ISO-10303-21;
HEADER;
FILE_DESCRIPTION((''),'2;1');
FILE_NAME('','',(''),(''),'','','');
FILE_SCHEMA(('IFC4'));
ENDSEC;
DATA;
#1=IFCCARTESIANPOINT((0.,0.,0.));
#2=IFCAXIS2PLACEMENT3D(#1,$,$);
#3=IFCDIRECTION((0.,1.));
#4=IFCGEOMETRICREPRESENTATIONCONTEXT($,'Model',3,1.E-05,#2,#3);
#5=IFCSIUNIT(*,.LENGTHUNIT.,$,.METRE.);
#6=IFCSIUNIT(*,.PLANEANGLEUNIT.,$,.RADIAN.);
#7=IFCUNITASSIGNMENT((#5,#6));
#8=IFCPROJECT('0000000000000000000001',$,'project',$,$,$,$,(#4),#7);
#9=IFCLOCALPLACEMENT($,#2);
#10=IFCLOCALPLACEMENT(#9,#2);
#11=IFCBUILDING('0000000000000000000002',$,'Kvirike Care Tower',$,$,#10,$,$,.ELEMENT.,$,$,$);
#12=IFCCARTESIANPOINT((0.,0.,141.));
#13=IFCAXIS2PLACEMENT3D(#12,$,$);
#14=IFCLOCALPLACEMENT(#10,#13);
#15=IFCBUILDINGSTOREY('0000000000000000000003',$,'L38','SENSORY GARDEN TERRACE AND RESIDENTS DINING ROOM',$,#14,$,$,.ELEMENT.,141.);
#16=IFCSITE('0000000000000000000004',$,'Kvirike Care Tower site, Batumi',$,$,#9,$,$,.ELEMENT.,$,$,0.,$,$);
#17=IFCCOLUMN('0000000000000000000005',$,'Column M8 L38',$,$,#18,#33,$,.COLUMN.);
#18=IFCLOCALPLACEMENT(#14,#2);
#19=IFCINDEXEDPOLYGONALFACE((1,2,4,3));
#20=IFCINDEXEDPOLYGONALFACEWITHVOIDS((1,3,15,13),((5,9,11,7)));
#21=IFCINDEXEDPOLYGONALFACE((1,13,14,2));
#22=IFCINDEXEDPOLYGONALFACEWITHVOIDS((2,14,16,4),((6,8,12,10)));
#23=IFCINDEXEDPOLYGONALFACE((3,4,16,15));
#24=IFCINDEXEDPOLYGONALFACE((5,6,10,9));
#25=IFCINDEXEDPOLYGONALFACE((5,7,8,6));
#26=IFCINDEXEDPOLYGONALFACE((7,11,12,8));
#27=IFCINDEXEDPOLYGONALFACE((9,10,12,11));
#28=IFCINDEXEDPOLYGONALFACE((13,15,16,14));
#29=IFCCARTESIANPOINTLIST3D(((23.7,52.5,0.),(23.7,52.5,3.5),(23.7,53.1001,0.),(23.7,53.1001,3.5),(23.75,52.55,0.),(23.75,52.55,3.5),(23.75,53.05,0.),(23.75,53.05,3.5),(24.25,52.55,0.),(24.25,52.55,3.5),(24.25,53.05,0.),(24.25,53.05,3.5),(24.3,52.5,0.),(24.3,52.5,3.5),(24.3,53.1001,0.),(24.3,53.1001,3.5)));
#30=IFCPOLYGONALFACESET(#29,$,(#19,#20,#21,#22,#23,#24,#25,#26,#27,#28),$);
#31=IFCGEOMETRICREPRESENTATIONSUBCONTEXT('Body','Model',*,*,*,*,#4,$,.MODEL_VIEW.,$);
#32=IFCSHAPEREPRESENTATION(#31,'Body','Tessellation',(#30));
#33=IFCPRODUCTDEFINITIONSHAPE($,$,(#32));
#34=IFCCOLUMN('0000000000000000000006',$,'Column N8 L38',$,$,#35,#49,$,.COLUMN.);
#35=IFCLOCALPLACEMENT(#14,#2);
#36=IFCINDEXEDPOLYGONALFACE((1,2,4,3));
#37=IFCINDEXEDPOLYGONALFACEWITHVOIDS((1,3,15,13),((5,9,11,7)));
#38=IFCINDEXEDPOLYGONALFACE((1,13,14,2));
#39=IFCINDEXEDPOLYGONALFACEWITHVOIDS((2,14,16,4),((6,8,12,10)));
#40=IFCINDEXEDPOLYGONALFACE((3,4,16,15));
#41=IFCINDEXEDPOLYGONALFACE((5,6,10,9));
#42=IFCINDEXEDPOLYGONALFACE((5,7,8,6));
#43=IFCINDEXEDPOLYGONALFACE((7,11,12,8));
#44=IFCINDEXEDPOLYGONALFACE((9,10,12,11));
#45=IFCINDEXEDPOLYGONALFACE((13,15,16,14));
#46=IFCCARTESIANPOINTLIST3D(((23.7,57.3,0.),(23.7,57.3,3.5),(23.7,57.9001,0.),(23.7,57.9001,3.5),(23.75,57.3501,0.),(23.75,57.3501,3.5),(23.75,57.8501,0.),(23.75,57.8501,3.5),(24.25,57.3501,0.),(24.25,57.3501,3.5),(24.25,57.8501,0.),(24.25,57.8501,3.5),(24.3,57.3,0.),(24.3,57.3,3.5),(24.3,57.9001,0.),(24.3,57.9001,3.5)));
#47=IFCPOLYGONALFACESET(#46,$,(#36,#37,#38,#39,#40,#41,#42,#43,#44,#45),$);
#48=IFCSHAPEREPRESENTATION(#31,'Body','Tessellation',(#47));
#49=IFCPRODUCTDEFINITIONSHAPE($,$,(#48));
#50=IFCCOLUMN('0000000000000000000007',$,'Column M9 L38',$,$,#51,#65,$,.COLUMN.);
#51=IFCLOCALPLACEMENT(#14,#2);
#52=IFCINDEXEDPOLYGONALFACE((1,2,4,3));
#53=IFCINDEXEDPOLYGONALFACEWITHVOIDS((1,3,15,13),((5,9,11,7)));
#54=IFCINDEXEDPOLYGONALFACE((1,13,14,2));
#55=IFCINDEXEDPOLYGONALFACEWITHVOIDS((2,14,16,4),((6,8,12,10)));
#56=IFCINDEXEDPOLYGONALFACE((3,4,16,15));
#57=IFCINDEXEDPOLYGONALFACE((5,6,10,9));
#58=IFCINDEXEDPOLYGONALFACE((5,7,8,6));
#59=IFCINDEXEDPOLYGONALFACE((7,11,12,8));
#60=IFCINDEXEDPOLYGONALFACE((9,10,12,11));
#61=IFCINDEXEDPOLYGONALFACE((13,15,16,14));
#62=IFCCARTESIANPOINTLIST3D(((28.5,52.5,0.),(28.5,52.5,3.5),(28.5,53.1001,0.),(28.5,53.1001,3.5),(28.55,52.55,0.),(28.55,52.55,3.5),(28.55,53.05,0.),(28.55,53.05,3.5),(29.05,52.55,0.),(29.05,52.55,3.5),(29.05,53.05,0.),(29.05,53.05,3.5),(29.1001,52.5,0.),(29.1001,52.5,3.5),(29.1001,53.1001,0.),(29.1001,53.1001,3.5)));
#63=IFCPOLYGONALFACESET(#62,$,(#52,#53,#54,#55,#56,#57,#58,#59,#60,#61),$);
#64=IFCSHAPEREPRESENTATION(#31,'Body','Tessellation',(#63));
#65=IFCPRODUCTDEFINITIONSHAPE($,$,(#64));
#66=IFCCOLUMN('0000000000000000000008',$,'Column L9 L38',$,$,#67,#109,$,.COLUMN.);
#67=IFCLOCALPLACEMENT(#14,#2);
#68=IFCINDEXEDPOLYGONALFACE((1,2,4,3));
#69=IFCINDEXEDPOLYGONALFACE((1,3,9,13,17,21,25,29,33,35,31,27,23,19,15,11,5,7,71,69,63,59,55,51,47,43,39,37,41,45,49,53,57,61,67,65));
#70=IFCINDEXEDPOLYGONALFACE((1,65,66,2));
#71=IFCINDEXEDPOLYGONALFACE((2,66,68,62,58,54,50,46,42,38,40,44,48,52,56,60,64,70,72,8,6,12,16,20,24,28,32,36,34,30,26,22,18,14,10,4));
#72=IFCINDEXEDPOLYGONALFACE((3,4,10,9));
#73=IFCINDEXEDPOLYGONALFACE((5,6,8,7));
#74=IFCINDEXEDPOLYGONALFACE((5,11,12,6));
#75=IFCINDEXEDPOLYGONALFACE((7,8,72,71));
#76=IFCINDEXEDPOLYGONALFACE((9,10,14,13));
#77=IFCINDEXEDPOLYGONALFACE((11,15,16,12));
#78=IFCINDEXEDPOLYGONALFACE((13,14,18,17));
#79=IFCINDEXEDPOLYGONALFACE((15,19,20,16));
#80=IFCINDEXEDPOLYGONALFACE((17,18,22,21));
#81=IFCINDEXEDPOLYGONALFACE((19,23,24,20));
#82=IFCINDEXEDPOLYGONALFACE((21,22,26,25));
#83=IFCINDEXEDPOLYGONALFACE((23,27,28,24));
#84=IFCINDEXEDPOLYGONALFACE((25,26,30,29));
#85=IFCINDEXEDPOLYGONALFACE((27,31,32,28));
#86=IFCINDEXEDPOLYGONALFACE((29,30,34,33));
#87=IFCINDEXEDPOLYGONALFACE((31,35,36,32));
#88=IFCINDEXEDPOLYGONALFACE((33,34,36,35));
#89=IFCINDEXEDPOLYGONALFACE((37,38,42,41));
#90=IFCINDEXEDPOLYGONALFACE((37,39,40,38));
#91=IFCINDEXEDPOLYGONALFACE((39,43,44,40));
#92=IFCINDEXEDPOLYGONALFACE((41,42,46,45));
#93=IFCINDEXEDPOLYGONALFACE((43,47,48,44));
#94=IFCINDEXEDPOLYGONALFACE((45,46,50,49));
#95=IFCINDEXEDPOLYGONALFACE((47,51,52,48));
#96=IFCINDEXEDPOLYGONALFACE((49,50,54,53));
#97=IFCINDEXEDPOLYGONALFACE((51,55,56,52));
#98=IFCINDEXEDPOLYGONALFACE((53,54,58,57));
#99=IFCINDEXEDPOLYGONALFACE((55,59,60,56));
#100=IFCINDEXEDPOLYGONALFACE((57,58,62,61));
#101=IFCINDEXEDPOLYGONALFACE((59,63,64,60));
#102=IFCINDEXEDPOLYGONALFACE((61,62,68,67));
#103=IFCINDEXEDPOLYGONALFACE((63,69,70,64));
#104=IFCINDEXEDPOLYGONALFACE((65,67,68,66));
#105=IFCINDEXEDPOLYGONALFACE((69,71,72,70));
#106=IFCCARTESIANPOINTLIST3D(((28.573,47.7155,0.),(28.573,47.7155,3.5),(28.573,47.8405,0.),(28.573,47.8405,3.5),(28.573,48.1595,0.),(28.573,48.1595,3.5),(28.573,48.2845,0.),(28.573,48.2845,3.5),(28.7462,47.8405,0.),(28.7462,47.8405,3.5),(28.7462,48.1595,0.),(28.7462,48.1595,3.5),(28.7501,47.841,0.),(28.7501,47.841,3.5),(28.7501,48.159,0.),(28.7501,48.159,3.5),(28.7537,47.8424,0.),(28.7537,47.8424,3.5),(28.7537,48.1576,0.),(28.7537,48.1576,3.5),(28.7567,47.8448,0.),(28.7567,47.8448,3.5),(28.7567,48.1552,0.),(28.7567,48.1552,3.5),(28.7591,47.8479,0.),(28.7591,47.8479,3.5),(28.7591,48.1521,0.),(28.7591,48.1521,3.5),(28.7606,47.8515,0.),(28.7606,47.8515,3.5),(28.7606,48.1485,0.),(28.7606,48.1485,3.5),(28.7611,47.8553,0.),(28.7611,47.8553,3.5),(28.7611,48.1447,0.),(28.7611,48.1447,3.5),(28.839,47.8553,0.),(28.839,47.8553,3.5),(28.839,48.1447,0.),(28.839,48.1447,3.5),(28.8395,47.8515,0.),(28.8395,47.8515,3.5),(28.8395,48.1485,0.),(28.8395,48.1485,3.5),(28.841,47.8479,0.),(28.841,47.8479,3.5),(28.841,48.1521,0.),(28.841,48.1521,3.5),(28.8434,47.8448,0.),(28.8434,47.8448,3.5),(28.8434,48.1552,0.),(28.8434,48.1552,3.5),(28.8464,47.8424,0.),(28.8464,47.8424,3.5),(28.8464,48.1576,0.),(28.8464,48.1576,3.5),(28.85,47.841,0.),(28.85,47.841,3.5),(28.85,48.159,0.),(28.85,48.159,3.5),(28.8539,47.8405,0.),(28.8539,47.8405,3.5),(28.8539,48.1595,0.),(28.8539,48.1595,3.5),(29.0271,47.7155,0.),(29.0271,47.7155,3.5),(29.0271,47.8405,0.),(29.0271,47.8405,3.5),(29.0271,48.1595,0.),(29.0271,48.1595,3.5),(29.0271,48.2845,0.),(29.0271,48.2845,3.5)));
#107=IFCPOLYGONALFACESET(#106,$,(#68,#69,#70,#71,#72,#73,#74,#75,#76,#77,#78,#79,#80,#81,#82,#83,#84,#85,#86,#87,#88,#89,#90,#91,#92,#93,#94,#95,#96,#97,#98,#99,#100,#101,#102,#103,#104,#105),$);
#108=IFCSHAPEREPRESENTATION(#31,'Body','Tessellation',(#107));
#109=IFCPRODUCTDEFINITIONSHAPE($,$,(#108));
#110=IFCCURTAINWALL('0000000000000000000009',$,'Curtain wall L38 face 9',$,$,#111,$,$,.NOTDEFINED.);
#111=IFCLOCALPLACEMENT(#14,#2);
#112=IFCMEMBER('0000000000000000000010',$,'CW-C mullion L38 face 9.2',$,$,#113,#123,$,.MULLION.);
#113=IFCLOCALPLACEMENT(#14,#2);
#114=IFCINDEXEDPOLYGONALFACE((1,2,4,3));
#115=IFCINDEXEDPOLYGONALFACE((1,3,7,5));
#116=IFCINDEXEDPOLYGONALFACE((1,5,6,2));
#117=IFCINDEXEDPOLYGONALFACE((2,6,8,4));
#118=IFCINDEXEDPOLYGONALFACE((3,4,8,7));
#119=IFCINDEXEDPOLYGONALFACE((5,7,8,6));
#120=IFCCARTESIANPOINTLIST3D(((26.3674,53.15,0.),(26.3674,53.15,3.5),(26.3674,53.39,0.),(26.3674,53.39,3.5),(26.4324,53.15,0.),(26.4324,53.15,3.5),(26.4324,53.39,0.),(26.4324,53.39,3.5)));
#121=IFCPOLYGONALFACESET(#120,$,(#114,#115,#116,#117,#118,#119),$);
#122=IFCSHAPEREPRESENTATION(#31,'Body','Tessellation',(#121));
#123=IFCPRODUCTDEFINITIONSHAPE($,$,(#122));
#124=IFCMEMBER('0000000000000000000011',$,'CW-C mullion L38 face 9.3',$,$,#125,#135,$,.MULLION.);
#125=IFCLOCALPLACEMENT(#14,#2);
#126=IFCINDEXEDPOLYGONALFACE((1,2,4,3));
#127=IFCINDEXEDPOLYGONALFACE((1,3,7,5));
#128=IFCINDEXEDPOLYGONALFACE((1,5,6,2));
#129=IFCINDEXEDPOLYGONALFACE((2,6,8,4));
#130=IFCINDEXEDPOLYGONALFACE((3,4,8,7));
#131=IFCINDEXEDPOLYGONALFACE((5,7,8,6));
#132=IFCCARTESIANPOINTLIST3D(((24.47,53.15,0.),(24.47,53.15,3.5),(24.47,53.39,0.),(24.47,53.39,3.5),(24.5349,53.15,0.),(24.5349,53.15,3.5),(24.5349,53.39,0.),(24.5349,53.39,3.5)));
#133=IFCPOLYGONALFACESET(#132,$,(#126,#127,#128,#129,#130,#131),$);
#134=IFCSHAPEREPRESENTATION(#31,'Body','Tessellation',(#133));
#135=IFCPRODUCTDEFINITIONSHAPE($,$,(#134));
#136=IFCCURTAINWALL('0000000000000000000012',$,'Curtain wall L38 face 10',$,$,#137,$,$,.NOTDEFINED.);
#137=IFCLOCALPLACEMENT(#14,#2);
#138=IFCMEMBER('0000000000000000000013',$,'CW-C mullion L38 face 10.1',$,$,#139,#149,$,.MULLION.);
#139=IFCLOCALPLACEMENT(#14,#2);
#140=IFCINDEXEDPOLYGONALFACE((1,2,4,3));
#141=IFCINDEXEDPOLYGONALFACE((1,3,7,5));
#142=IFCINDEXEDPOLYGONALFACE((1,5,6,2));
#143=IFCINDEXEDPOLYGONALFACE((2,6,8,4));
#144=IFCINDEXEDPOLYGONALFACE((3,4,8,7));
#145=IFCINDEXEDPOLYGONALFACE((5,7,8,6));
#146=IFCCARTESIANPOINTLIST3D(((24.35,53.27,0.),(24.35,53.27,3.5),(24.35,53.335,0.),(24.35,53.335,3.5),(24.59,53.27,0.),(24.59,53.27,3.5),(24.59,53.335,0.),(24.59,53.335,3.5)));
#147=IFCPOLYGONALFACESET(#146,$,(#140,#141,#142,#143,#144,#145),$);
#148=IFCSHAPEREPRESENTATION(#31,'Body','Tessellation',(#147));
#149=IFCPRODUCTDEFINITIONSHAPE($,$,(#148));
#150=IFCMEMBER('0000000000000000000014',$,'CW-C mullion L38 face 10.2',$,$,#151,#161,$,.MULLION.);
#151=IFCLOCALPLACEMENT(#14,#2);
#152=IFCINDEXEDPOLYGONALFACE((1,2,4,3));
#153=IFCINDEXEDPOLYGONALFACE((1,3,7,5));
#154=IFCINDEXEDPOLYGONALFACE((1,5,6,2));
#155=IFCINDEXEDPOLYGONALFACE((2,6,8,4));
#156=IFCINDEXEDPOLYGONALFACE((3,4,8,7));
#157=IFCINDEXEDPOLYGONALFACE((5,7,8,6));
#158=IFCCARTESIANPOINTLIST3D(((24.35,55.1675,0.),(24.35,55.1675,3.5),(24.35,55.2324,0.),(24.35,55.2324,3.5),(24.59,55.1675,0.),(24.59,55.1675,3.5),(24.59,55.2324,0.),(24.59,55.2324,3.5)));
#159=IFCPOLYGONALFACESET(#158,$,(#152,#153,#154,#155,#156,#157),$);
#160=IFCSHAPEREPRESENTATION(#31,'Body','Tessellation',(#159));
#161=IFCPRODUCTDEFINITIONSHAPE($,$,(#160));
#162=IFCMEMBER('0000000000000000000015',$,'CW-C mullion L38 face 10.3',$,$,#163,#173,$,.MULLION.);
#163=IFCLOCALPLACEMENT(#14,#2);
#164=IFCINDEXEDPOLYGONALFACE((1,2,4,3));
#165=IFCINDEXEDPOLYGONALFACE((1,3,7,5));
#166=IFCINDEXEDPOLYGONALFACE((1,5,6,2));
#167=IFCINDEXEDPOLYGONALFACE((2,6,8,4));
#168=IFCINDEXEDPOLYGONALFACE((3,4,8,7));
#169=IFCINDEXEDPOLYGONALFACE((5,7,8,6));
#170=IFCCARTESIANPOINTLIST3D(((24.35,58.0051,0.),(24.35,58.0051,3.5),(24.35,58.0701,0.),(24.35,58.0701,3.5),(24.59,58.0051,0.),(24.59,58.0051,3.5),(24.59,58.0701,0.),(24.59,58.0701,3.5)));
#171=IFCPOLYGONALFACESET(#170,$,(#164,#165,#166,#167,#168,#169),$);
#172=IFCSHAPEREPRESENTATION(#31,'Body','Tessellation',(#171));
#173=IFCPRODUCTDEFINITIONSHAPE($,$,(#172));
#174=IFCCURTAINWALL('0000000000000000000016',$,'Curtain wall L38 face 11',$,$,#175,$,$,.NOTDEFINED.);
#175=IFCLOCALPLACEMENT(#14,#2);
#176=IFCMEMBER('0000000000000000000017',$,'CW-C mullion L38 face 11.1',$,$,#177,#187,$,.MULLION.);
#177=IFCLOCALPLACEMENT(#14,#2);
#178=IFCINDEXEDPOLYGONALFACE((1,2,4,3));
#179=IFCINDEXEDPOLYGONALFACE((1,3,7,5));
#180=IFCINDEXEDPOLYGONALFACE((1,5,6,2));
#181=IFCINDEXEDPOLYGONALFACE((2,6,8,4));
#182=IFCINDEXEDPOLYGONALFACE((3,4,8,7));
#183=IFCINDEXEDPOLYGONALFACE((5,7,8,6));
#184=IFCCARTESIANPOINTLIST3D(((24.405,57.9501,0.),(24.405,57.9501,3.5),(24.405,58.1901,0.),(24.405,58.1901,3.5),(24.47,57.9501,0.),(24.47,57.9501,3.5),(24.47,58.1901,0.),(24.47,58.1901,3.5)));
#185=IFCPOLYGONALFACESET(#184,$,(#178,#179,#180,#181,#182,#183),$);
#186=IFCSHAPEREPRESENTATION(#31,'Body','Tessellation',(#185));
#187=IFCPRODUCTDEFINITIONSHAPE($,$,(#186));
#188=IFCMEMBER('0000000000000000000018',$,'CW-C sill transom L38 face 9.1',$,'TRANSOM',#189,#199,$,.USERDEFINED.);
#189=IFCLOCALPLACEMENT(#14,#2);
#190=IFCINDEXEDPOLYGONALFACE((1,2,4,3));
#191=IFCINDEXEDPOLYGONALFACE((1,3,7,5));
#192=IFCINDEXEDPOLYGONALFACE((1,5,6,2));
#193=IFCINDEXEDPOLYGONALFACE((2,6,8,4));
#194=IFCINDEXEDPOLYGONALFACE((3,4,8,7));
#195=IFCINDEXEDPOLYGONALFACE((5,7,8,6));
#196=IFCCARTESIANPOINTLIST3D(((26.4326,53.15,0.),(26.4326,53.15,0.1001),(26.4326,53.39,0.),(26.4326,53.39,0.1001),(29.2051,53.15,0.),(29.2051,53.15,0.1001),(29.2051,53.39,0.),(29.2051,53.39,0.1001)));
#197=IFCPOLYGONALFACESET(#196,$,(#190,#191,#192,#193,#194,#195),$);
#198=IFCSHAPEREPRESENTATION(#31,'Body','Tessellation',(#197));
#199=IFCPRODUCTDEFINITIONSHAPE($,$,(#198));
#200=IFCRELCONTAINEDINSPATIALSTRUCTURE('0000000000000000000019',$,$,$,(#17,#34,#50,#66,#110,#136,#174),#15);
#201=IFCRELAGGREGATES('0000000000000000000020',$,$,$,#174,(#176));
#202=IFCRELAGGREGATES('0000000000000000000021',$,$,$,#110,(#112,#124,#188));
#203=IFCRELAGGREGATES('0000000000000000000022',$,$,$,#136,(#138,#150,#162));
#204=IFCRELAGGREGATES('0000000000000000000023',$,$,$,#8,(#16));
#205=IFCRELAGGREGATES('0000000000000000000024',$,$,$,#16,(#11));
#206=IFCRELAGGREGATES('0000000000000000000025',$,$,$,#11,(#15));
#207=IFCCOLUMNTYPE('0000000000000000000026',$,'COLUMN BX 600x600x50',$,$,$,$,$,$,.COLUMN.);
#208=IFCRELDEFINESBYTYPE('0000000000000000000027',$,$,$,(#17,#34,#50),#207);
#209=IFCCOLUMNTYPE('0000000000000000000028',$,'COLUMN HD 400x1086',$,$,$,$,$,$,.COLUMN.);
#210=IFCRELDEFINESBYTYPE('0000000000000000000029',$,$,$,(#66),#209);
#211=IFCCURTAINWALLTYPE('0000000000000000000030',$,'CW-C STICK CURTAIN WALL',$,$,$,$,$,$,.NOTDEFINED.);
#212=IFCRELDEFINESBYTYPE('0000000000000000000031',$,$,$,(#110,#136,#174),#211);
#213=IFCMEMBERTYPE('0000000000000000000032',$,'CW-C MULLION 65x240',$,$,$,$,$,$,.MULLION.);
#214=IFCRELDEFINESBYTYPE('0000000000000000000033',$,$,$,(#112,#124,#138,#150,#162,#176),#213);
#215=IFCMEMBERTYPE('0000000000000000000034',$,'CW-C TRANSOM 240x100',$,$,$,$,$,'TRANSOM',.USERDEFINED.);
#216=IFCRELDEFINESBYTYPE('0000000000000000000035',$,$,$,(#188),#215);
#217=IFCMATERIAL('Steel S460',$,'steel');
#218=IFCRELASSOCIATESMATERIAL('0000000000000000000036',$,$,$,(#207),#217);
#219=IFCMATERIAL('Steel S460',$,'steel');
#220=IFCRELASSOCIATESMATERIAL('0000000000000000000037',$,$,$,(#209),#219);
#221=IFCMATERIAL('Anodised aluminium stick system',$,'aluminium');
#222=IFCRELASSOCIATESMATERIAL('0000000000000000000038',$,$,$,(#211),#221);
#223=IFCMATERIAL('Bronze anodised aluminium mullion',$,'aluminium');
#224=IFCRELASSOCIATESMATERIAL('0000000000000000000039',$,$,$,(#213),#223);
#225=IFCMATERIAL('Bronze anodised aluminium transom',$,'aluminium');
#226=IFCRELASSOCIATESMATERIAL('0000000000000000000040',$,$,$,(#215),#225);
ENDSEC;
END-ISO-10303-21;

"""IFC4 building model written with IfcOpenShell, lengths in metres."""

from ifc_helpers import new_model, si_unit, direction, frame, origin, origin_2d, place, context, subcontext, project, spatial, rectangle, hollow_rectangle, i_section, extrude, material, material_profile, profile_set, type_object, element, aggregate, save


model = new_model("IFC4")

# Units and contexts
model_context = context("Model", 3, precision=1e-05, world=origin(), true_north=direction((0.0, 1.0)))
body_context = subcontext(model_context, "Body", "Model", "MODEL_VIEW")
ifc_project = project(units=[si_unit("LENGTHUNIT", "METRE"), si_unit("PLANEANGLEUNIT", "RADIAN")], contexts=[model_context])

# Site, building, storey
site_placement = place(None, origin())
site = spatial("IfcSite", under=ifc_project, at=site_placement, Name="Kvirike Care Tower site, Batumi", CompositionType="ELEMENT", RefElevation=0.0)
building_placement = place(site_placement, origin())
building = spatial("IfcBuilding", under=site, at=building_placement, Name="Kvirike Care Tower", CompositionType="ELEMENT")
storey_placement = place(building_placement, frame((0.0, 0.0, 141.0)))
storey = spatial("IfcBuildingStorey", under=building, at=storey_placement, Name="L38", Description="SENSORY GARDEN TERRACE AND RESIDENTS DINING ROOM", CompositionType="ELEMENT", Elevation=141.0)

# Columns
ifc_material_1 = material(Name="Steel S460", Category="steel")
ifc_material_profile_1 = material_profile(ifc_material_1, hollow_rectangle(XDim=0.6001, YDim=0.6001, WallThickness=0.05, at=origin_2d()), Name="BX 600x600x50")
ifc_profile_set_1 = profile_set([ifc_material_profile_1], Name="Steel S460")
column_type_1 = type_object("IfcColumnType", Name="COLUMN BX 600x600x50", PredefinedType="COLUMN", material=ifc_profile_set_1)
for number, where, z_axis, x_axis, name in (
    (1, (24.0, 52.8, 0.0), (0.0, 0.0, 1.0), (0.0, 1.0, 0.0), "Column M8 L38"),
    (2, (24.0, 57.6001, 0.0), (0.0, 0.0, 1.0), (0.0, 1.0, 0.0), "Column N8 L38"),
    (3, (28.8, 52.8, 0.0), (0.0, 0.0, 1.0), (0.0, 1.0, 0.0), "Column M9 L38"),
):
    element("IfcColumn", number, at=place(storey_placement, frame(where, z_axis=z_axis, x_axis=x_axis)), inside=storey, type_object=column_type_1, Name=name, PredefinedType="COLUMN", context=body_context, shape_type="SweptSolid", body=[
        extrude(hollow_rectangle(XDim=0.6001, YDim=0.6001, WallThickness=0.05, at=origin_2d()), origin(), (0.0, 0.0, 1.0), 3.5),
    ])
ifc_material_2 = material(Name="Steel S460", Category="steel")
ifc_material_profile_2 = material_profile(ifc_material_2, i_section(OverallWidth=0.4541, OverallDepth=0.5691, WebThickness=0.0779, FlangeThickness=0.125, FilletRadius=0.0149, at=origin_2d()), Name="HD 400x1086")
ifc_profile_set_2 = profile_set([ifc_material_profile_2], Name="Steel S460")
column_type_2 = type_object("IfcColumnType", Name="COLUMN HD 400x1086", PredefinedType="COLUMN", material=ifc_profile_set_2)
column_placement = place(storey_placement, frame((28.8, 48.0, 0.0), z_axis=(0.0, 0.0, 1.0), x_axis=(1.0, 0.0, 0.0)))
element("IfcColumn", 4, at=column_placement, inside=storey, type_object=column_type_2, Name="Column L9 L38", PredefinedType="COLUMN", context=body_context, shape_type="SweptSolid", body=[
    extrude(i_section(OverallWidth=0.4541, OverallDepth=0.5691, WebThickness=0.0779, FlangeThickness=0.125, FilletRadius=0.0149, at=origin_2d()), origin(), (0.0, 0.0, 1.0), 3.5),
])

# Curtain walls, members
ifc_material_3 = material(Name="Anodised aluminium stick system", Category="aluminium")
curtain_wall_type = type_object("IfcCurtainWallType", Name="CW-C STICK CURTAIN WALL", PredefinedType="NOTDEFINED", material=ifc_material_3)
curtain_wall_1_placement = place(storey_placement, origin())
curtain_wall_1 = element("IfcCurtainWall", 5, at=curtain_wall_1_placement, inside=storey, type_object=curtain_wall_type, Name="Curtain wall L38 face 9", PredefinedType="NOTDEFINED")
ifc_material_4 = material(Name="Bronze anodised aluminium mullion", Category="aluminium")
ifc_material_profile_3 = material_profile(ifc_material_4, rectangle(XDim=0.0649, YDim=0.24, at=origin_2d()), Name="CW-C MULLION 65x240")
ifc_profile_set_3 = profile_set([ifc_material_profile_3], Name="Bronze anodised aluminium mullion")
member_type_1 = type_object("IfcMemberType", Name="CW-C MULLION 65x240", PredefinedType="MULLION", material=ifc_profile_set_3)
member_1_placement = place(storey_placement, frame((26.3999, 53.27, 0.0), z_axis=(0.0, 0.0, 1.0), x_axis=(-1.0, 0.0, 0.0)))
member_1 = element("IfcMember", 6, at=member_1_placement, type_object=member_type_1, Name="CW-C mullion L38 face 9.2", PredefinedType="MULLION", context=body_context, shape_type="SweptSolid", body=[
    extrude(rectangle(XDim=0.0649, YDim=0.24, at=origin_2d()), origin(), (0.0, 0.0, 1.0), 3.5),
])
member_2_placement = place(storey_placement, frame((24.5024, 53.27, 0.0), z_axis=(0.0, 0.0, 1.0), x_axis=(-1.0, 0.0, 0.0)))
member_2 = element("IfcMember", 7, at=member_2_placement, type_object=member_type_1, Name="CW-C mullion L38 face 9.3", PredefinedType="MULLION", context=body_context, shape_type="SweptSolid", body=[
    extrude(rectangle(XDim=0.0649, YDim=0.24, at=origin_2d()), origin(), (0.0, 0.0, 1.0), 3.5),
])
curtain_wall_2_placement = place(storey_placement, origin())
curtain_wall_2 = element("IfcCurtainWall", 8, at=curtain_wall_2_placement, inside=storey, type_object=curtain_wall_type, Name="Curtain wall L38 face 10", PredefinedType="NOTDEFINED")
member_3_placement = place(storey_placement, frame((24.47, 53.3025, 0.0), z_axis=(0.0, 0.0, 1.0), x_axis=(0.0, 1.0, 0.0)))
member_3 = element("IfcMember", 9, at=member_3_placement, type_object=member_type_1, Name="CW-C mullion L38 face 10.1", PredefinedType="MULLION", context=body_context, shape_type="SweptSolid", body=[
    extrude(rectangle(XDim=0.0649, YDim=0.24, at=origin_2d()), origin(), (0.0, 0.0, 1.0), 3.5),
])
member_4_placement = place(storey_placement, frame((24.47, 55.2, 0.0), z_axis=(0.0, 0.0, 1.0), x_axis=(0.0, 1.0, 0.0)))
member_4 = element("IfcMember", 10, at=member_4_placement, type_object=member_type_1, Name="CW-C mullion L38 face 10.2", PredefinedType="MULLION", context=body_context, shape_type="SweptSolid", body=[
    extrude(rectangle(XDim=0.0649, YDim=0.24, at=origin_2d()), origin(), (0.0, 0.0, 1.0), 3.5),
])
member_5_placement = place(storey_placement, frame((24.47, 58.0376, 0.0), z_axis=(0.0, 0.0, 1.0), x_axis=(0.0, 1.0, 0.0)))
member_5 = element("IfcMember", 11, at=member_5_placement, type_object=member_type_1, Name="CW-C mullion L38 face 10.3", PredefinedType="MULLION", context=body_context, shape_type="SweptSolid", body=[
    extrude(rectangle(XDim=0.0649, YDim=0.24, at=origin_2d()), origin(), (0.0, 0.0, 1.0), 3.5),
])

# Curtain wall, member
curtain_wall_3_placement = place(storey_placement, origin())
curtain_wall_3 = element("IfcCurtainWall", 12, at=curtain_wall_3_placement, inside=storey, type_object=curtain_wall_type, Name="Curtain wall L38 face 11", PredefinedType="NOTDEFINED")
member_6_placement = place(storey_placement, frame((24.4375, 58.0701, 0.0), z_axis=(0.0, 0.0, 1.0), x_axis=(-1.0, 0.0, 0.0)))
member_6 = element("IfcMember", 13, at=member_6_placement, type_object=member_type_1, Name="CW-C mullion L38 face 11.1", PredefinedType="MULLION", context=body_context, shape_type="SweptSolid", body=[
    extrude(rectangle(XDim=0.0649, YDim=0.24, at=origin_2d()), origin(), (0.0, 0.0, 1.0), 3.5),
])

# Member
ifc_material_5 = material(Name="Bronze anodised aluminium transom", Category="aluminium")
ifc_material_profile_4 = material_profile(ifc_material_5, rectangle(XDim=0.24, YDim=0.1001, at=origin_2d()), Name="CW-C TRANSOM 240x100")
ifc_profile_set_4 = profile_set([ifc_material_profile_4], Name="Bronze anodised aluminium transom")
member_type_2 = type_object("IfcMemberType", Name="CW-C TRANSOM 240x100", ElementType="TRANSOM", PredefinedType="USERDEFINED", material=ifc_profile_set_4)
member_7_placement = place(storey_placement, frame((29.2051, 53.27, 0.05), z_axis=(-1.0, 0.0, 0.0), x_axis=(0.0, -1.0, 0.0)))
member_7 = element("IfcMember", 14, at=member_7_placement, type_object=member_type_2, Name="CW-C sill transom L38 face 9.1", ObjectType="TRANSOM", PredefinedType="USERDEFINED", context=body_context, shape_type="SweptSolid", body=[
    extrude(rectangle(XDim=0.24, YDim=0.1001, at=origin_2d()), origin(), (0.0, 0.0, 1.0), 2.7725),
])
aggregate(curtain_wall_3, [member_6])

aggregate(curtain_wall_1, [member_1, member_2, member_7])
aggregate(curtain_wall_2, [member_3, member_4, member_5])

save(model, "model.ifc")
